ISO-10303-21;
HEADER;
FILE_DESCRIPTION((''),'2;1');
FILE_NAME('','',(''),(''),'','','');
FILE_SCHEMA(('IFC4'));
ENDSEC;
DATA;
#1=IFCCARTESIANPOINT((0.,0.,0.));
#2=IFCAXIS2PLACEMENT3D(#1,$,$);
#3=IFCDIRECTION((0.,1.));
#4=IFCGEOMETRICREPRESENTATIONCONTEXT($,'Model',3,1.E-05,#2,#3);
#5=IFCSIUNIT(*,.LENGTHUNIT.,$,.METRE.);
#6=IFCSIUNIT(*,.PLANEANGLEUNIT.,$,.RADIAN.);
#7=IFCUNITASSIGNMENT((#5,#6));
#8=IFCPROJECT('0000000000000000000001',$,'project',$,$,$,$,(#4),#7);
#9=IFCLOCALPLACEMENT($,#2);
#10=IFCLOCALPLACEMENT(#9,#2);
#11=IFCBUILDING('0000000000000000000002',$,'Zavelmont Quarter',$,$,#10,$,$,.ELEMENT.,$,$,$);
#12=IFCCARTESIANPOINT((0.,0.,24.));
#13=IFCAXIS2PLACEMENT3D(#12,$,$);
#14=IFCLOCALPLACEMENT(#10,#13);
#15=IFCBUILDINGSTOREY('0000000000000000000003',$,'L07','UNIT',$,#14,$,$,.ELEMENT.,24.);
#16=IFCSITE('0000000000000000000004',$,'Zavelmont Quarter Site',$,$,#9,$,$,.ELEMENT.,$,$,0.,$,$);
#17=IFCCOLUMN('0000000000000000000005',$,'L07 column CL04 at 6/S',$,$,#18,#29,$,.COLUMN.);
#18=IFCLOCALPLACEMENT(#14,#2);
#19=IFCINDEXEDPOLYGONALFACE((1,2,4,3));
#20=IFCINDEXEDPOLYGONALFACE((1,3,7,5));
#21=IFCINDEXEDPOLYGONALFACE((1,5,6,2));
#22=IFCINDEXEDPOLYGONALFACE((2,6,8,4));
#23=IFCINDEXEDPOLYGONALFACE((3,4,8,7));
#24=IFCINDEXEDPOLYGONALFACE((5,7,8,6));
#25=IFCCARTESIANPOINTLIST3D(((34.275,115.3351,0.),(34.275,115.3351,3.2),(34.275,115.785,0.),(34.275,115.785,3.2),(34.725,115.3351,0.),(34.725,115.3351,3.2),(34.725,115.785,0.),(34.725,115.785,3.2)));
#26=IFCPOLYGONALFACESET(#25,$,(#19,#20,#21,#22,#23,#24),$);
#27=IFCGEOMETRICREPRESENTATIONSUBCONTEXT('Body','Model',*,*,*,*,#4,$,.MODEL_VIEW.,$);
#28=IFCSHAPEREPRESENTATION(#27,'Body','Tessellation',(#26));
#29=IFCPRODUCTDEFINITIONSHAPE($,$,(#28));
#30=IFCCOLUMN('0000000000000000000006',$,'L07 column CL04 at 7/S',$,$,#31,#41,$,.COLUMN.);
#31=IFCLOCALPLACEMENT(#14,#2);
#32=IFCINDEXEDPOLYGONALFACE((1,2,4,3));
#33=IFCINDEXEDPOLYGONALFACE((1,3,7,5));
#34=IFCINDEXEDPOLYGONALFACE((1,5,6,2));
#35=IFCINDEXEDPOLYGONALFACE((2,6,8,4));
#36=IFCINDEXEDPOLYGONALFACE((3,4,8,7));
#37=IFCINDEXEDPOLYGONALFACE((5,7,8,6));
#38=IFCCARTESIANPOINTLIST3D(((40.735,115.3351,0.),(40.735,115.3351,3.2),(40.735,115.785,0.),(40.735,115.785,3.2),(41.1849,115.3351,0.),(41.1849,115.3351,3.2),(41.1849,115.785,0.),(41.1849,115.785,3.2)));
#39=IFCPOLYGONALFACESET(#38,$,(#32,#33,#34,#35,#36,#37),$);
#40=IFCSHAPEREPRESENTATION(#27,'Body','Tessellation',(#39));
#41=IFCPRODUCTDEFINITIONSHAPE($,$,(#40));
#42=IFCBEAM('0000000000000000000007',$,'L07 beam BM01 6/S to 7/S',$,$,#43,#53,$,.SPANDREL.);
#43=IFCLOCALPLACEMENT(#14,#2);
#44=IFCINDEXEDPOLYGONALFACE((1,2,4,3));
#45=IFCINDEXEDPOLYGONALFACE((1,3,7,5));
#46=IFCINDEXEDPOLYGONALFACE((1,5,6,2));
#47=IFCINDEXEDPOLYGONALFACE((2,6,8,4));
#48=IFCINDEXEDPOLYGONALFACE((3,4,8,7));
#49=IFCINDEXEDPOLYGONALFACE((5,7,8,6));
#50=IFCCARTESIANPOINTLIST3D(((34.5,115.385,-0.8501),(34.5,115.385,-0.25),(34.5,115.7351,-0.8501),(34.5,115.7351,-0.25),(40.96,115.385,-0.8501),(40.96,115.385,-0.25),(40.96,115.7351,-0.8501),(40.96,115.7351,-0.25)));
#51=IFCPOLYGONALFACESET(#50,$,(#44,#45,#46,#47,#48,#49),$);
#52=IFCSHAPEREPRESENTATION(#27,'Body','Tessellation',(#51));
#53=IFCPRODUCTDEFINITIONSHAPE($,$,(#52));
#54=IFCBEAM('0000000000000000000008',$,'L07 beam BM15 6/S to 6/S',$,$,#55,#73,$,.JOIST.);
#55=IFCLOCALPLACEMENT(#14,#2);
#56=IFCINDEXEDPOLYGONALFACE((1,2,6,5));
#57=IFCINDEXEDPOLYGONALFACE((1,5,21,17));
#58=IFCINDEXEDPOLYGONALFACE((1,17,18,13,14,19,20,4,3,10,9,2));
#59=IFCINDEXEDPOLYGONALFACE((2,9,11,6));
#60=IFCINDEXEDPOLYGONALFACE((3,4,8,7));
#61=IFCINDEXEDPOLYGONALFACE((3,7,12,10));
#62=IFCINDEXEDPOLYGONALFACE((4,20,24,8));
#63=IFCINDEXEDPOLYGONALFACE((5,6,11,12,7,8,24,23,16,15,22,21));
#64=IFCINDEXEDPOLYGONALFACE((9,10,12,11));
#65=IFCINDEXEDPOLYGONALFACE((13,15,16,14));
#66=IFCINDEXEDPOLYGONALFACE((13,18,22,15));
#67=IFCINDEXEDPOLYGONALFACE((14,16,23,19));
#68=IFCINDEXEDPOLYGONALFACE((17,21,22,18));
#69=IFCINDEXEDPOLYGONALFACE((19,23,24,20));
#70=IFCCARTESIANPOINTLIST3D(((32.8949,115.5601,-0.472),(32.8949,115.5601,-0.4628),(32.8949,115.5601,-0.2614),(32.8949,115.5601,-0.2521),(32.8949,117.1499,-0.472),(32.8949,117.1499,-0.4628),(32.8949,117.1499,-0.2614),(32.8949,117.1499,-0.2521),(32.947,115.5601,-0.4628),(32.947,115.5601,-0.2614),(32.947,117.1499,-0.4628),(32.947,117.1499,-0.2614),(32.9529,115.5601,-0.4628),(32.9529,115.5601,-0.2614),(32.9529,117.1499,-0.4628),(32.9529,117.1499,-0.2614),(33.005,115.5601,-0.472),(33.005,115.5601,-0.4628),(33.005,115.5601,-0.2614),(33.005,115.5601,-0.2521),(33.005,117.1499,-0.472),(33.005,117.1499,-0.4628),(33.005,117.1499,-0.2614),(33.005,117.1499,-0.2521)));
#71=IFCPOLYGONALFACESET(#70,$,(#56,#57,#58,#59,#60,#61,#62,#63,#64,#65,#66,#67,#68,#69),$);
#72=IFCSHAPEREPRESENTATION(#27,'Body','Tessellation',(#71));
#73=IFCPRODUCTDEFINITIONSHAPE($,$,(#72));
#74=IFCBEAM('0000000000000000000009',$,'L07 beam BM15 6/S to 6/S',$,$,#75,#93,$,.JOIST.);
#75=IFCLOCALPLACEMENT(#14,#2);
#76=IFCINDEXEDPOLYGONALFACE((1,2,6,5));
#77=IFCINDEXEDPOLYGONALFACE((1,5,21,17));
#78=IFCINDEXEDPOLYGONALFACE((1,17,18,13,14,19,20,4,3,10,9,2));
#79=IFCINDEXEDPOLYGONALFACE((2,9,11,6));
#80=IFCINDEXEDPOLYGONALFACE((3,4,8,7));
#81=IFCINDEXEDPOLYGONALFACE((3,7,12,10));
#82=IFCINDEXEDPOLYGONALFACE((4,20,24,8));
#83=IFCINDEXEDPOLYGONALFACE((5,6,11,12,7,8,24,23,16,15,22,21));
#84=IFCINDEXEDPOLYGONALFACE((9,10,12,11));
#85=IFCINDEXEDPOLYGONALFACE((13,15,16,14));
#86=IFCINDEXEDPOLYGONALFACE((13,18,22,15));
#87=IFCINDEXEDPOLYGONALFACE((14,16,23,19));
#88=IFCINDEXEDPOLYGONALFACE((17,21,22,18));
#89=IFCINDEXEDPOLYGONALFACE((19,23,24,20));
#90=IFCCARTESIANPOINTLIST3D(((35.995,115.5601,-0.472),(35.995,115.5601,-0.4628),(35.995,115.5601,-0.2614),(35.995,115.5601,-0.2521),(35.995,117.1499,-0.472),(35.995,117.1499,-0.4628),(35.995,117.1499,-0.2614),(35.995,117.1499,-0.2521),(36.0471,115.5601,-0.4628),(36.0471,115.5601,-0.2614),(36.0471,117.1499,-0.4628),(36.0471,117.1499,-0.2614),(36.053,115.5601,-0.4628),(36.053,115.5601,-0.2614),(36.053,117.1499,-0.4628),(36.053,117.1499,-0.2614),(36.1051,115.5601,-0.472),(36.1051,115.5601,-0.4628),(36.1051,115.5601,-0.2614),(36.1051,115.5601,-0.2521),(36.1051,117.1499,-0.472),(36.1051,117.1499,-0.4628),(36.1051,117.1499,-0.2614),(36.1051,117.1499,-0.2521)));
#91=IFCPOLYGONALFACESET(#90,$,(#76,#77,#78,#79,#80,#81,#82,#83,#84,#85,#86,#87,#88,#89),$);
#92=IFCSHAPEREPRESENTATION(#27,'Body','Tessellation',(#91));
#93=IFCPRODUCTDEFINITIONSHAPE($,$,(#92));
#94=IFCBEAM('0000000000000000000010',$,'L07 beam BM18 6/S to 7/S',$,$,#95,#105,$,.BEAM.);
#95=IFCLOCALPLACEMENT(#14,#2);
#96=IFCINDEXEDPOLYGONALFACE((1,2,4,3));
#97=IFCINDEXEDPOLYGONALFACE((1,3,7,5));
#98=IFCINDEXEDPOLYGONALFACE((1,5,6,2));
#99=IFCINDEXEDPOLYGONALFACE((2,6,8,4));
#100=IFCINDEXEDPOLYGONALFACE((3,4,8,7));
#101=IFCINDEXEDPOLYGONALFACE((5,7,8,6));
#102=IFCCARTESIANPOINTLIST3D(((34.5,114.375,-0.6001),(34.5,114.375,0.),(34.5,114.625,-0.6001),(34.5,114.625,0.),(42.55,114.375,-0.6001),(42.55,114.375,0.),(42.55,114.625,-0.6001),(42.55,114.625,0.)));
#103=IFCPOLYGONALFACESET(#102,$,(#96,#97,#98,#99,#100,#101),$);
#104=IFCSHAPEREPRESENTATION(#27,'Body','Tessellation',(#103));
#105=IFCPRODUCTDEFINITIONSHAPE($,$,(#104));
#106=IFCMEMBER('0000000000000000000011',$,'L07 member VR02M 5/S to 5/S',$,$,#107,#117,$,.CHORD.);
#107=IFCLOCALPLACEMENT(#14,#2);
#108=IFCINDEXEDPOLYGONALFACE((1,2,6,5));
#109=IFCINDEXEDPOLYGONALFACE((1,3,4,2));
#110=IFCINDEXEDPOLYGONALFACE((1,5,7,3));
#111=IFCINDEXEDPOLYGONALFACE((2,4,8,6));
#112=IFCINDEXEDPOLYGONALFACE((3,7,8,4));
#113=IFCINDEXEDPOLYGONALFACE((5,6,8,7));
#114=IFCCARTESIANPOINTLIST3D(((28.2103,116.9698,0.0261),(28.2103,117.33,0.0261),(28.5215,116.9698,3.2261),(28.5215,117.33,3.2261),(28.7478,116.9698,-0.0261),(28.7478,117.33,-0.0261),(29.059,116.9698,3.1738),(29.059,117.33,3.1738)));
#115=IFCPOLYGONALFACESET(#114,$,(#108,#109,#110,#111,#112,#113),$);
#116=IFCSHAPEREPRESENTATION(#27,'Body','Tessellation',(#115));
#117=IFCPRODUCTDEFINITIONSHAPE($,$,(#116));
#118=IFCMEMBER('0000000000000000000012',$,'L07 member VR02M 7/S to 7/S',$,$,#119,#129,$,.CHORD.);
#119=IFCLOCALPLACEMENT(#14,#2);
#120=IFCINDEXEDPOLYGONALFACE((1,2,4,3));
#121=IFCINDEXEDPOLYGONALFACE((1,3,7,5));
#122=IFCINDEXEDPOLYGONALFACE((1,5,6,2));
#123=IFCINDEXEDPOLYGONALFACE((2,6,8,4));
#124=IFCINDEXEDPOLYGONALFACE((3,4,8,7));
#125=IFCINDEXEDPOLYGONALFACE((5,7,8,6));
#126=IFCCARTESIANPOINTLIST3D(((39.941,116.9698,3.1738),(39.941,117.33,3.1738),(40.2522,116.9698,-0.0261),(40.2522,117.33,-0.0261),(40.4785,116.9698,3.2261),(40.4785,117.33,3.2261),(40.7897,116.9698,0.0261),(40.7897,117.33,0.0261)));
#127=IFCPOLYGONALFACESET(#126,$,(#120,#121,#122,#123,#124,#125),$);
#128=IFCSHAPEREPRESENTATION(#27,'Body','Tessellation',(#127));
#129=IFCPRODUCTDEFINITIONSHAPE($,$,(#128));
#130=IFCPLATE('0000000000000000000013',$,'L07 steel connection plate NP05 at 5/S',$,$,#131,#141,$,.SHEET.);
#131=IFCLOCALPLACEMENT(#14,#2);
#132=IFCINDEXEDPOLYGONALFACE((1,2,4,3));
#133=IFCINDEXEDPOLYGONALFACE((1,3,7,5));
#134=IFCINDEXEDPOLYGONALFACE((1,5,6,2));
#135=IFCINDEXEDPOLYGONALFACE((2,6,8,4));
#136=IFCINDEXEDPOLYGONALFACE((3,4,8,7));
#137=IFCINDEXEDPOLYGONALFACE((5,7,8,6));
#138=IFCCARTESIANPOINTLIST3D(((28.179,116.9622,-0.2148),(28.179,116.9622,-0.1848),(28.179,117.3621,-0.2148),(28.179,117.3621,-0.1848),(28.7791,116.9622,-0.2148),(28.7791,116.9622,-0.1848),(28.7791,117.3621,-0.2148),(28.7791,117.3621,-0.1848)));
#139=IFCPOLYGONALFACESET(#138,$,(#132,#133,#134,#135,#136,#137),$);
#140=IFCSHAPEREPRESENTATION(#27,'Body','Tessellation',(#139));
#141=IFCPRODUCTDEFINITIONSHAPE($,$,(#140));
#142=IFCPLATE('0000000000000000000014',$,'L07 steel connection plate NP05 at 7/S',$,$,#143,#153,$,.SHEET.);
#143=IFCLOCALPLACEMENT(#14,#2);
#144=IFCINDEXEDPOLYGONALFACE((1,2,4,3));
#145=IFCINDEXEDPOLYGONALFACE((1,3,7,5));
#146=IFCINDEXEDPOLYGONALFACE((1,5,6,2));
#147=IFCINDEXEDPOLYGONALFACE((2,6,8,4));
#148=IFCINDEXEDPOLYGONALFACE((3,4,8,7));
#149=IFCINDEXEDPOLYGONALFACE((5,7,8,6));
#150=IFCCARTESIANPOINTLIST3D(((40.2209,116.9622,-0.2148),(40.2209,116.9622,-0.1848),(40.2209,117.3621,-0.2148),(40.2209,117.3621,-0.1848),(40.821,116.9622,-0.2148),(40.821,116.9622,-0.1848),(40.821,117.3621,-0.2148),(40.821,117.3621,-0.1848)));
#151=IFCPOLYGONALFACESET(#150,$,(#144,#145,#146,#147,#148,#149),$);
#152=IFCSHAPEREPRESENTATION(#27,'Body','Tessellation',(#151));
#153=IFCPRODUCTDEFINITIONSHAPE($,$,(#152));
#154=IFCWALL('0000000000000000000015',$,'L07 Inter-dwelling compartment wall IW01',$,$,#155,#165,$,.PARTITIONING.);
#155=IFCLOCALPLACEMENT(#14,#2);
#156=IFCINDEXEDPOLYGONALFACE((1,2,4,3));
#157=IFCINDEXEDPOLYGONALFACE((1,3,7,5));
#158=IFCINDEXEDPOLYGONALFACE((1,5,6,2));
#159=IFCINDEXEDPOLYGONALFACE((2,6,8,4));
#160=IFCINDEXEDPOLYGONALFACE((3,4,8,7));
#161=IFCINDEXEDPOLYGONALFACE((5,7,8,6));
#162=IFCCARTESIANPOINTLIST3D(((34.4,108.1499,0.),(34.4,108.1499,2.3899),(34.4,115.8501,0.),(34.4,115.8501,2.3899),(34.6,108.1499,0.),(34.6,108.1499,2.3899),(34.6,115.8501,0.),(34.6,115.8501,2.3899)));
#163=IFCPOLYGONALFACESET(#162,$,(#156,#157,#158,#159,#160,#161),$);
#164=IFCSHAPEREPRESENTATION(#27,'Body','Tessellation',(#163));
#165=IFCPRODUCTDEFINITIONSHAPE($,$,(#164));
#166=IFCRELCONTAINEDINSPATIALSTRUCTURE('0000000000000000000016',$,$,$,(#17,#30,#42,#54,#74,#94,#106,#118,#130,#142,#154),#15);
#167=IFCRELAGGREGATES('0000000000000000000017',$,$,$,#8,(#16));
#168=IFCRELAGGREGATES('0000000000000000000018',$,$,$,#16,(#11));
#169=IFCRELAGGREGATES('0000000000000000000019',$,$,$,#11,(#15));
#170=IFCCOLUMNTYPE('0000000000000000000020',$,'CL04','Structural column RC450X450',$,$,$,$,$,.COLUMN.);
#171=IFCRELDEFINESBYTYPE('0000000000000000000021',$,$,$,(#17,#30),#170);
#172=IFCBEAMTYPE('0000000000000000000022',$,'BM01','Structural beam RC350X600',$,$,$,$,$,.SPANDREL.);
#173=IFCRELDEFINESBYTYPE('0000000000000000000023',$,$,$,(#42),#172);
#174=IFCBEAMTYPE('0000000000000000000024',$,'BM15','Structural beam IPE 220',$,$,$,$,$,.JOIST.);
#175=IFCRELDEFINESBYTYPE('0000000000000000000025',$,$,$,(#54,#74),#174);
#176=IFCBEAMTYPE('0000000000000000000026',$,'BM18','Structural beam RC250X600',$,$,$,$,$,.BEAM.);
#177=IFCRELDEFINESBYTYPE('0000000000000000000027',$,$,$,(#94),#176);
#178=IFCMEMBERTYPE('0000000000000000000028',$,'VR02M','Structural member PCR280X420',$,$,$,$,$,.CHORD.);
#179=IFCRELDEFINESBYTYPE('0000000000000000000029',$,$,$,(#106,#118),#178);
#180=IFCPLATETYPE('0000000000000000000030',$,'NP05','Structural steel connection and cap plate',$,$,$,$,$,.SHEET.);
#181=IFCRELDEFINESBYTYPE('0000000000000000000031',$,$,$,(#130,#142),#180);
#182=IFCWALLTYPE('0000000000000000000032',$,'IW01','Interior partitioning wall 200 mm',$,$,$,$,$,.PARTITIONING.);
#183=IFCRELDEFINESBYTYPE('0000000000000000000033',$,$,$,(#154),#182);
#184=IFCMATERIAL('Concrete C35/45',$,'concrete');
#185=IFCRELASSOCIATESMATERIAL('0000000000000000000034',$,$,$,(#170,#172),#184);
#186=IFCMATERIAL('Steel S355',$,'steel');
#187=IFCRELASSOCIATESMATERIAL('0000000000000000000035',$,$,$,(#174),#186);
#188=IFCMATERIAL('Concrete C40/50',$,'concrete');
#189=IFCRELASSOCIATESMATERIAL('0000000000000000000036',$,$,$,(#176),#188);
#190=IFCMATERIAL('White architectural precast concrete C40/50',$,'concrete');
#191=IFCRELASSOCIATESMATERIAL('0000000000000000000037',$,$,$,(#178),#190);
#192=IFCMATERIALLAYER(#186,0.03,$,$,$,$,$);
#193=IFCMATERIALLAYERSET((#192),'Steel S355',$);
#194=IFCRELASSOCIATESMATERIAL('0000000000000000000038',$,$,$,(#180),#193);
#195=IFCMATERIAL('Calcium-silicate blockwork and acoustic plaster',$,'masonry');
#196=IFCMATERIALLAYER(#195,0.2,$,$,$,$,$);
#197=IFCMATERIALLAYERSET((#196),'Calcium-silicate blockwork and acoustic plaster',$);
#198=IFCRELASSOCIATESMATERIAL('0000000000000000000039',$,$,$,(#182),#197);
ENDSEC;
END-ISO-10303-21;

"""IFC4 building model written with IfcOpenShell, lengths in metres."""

from ifc_helpers import new_model, si_unit, direction, frame, frame_2d, origin, origin_2d, place, context, subcontext, project, spatial, rectangle, i_section, extrude, material, layer, layer_set, material_profile, profile_set, type_object, element, save


model = new_model("IFC4")

# Units and contexts
model_context = context("Model", 3, precision=1e-05, world=origin(), true_north=direction((0.0, 1.0)))
body_context = subcontext(model_context, "Body", "Model", "MODEL_VIEW")
ifc_project = project(units=[si_unit("LENGTHUNIT", "METRE"), si_unit("PLANEANGLEUNIT", "RADIAN")], contexts=[model_context])

# Site, building, storey
site_placement = place(None, origin())
site = spatial("IfcSite", under=ifc_project, at=site_placement, Name="Zavelmont Quarter Site", CompositionType="ELEMENT", RefElevation=0.0)
building_placement = place(site_placement, origin())
building = spatial("IfcBuilding", under=site, at=building_placement, Name="Zavelmont Quarter", CompositionType="ELEMENT")
storey_placement = place(building_placement, frame((0.0, 0.0, 24.0)))
storey = spatial("IfcBuildingStorey", under=building, at=storey_placement, Name="L07", Description="UNIT", CompositionType="ELEMENT", Elevation=24.0)

# Columns
ifc_material_1 = material(Name="Concrete C35/45", Category="concrete")
ifc_material_profile_1 = material_profile(ifc_material_1, rectangle(XDim=0.45, YDim=0.45, at=origin_2d()), Name="RC450X450")
ifc_profile_set_1 = profile_set([ifc_material_profile_1], Name="Concrete C35/45")
column_type = type_object("IfcColumnType", Name="CL04", Description="Structural column RC450X450", PredefinedType="COLUMN", material=ifc_profile_set_1)
for number, where, z_axis, x_axis, name in (
    (1, (34.5, 115.5601, 0.0), (0.0, 0.0, 1.0), (1.0, 0.0, 0.0), "L07 column CL04 at 6/S"),
    (2, (40.96, 115.5601, 0.0), (0.0, 0.0, 1.0), (1.0, 0.0, 0.0), "L07 column CL04 at 7/S"),
):
    element("IfcColumn", number, at=place(storey_placement, frame(where, z_axis=z_axis, x_axis=x_axis)), inside=storey, type_object=column_type, Name=name, PredefinedType="COLUMN", context=body_context, shape_type="SweptSolid", body=[
        extrude(rectangle(XDim=0.45, YDim=0.45, at=origin_2d()), origin(), (0.0, 0.0, 1.0), 3.2),
    ])

# Beams
ifc_material_profile_2 = material_profile(ifc_material_1, rectangle(XDim=0.3501, YDim=0.6001, at=origin_2d()), Name="RC350X600")
ifc_profile_set_2 = profile_set([ifc_material_profile_2], Name="Concrete C35/45")
beam_type_1 = type_object("IfcBeamType", Name="BM01", Description="Structural beam RC350X600", PredefinedType="SPANDREL", material=ifc_profile_set_2)
beam_1_placement = place(storey_placement, frame((34.5, 115.5601, -0.55), z_axis=(1.0, 0.0, 0.0), x_axis=(0.0, 1.0, 0.0)))
element("IfcBeam", 3, at=beam_1_placement, inside=storey, type_object=beam_type_1, Name="L07 beam BM01 6/S to 7/S", PredefinedType="SPANDREL", context=body_context, shape_type="SweptSolid", body=[
    extrude(rectangle(XDim=0.3501, YDim=0.6001, at=origin_2d()), origin(), (0.0, 0.0, 1.0), 6.46),
])
ifc_material_2 = material(Name="Steel S355", Category="steel")
ifc_material_profile_3 = material_profile(ifc_material_2, i_section(OverallWidth=0.1101, OverallDepth=0.22, WebThickness=0.0059, FlangeThickness=0.0093, at=origin_2d()), Name="IPE 220")
ifc_profile_set_3 = profile_set([ifc_material_profile_3], Name="Steel S355")
beam_type_2 = type_object("IfcBeamType", Name="BM15", Description="Structural beam IPE 220", PredefinedType="JOIST", material=ifc_profile_set_3)
for number, where, z_axis, x_axis, name in (
    (4, (32.95, 115.5601, -0.3621), (0.0, 1.0, 0.0), (-1.0, 0.0, 0.0), "L07 beam BM15 6/S to 6/S"),
    (5, (36.05, 115.5601, -0.3621), (0.0, 1.0, 0.0), (-1.0, 0.0, 0.0), "L07 beam BM15 6/S to 6/S"),
):
    element("IfcBeam", number, at=place(storey_placement, frame(where, z_axis=z_axis, x_axis=x_axis)), inside=storey, type_object=beam_type_2, Name=name, PredefinedType="JOIST", context=body_context, shape_type="SweptSolid", body=[
        extrude(i_section(OverallWidth=0.1101, OverallDepth=0.22, WebThickness=0.0059, FlangeThickness=0.0093, at=origin_2d()), origin(), (0.0, 0.0, 1.0), 1.5898),
    ])
ifc_material_3 = material(Name="Concrete C40/50", Category="concrete")
ifc_material_profile_4 = material_profile(ifc_material_3, rectangle(XDim=0.25, YDim=0.6001, at=origin_2d()), Name="RC250X600")
ifc_profile_set_4 = profile_set([ifc_material_profile_4], Name="Concrete C40/50")
beam_type_3 = type_object("IfcBeamType", Name="BM18", Description="Structural beam RC250X600", PredefinedType="BEAM", material=ifc_profile_set_4)
beam_2_placement = place(storey_placement, frame((34.5, 114.5, -0.3), z_axis=(1.0, 0.0, 0.0), x_axis=(0.0, 1.0, 0.0)))
element("IfcBeam", 6, at=beam_2_placement, inside=storey, type_object=beam_type_3, Name="L07 beam BM18 6/S to 7/S", PredefinedType="BEAM", context=body_context, shape_type="SweptSolid", body=[
    extrude(rectangle(XDim=0.25, YDim=0.6001, at=origin_2d()), origin(), (0.0, 0.0, 1.0), 8.05),
])

# Members
ifc_material_4 = material(Name="White architectural precast concrete C40/50", Category="concrete")
ifc_material_profile_5 = material_profile(ifc_material_4, rectangle(XDim=0.3601, YDim=0.54, at=origin_2d()), Name="PCR280X420")
ifc_profile_set_5 = profile_set([ifc_material_profile_5], Name="White architectural precast concrete C40/50")
member_type = type_object("IfcMemberType", Name="VR02M", Description="Structural member PCR280X420", PredefinedType="CHORD", material=ifc_profile_set_5)
for number, where, z_axis, x_axis, name in (
    (7, (28.479, 117.1499, 0.0), (0.096819, 0.0, 0.995302), (0.0, 1.0, 0.0), "L07 member VR02M 5/S to 5/S"),
    (8, (40.521, 117.1499, 0.0), (-0.096819, 0.0, 0.995302), (0.0, -1.0, 0.0), "L07 member VR02M 7/S to 7/S"),
):
    element("IfcMember", number, at=place(storey_placement, frame(where, z_axis=z_axis, x_axis=x_axis)), inside=storey, type_object=member_type, Name=name, PredefinedType="CHORD", context=body_context, shape_type="SweptSolid", body=[
        extrude(rectangle(XDim=0.3601, YDim=0.54, at=origin_2d()), origin(), (0.0, 0.0, 1.0), 3.2151),
    ])

# Plates
ifc_layer_1 = layer(ifc_material_2, 0.03)
ifc_layer_set_1 = layer_set([ifc_layer_1], Name="Steel S355")
plate_type = type_object("IfcPlateType", Name="NP05", Description="Structural steel connection and cap plate", PredefinedType="SHEET", material=ifc_layer_set_1)
for number, where, z_axis, x_axis, name in (
    (9, (28.479, 117.1621, -0.2148), (0.0, 0.0, 1.0), (1.0, 0.0, 0.0), "L07 steel connection plate NP05 at 5/S"),
    (10, (40.521, 117.1621, -0.2148), (0.0, 0.0, 1.0), (1.0, 0.0, 0.0), "L07 steel connection plate NP05 at 7/S"),
):
    element("IfcPlate", number, at=place(storey_placement, frame(where, z_axis=z_axis, x_axis=x_axis)), inside=storey, type_object=plate_type, Name=name, PredefinedType="SHEET", context=body_context, shape_type="SweptSolid", body=[
        extrude(rectangle(XDim=0.6001, YDim=0.3999, at=origin_2d()), origin(), (0.0, 0.0, 1.0), 0.03),
    ])

# Wall
ifc_material_5 = material(Name="Calcium-silicate blockwork and acoustic plaster", Category="masonry")
ifc_layer_2 = layer(ifc_material_5, 0.2)
ifc_layer_set_2 = layer_set([ifc_layer_2], Name="Calcium-silicate blockwork and acoustic plaster")
wall_type_1 = type_object("IfcWallType", Name="IW01", Description="Interior partitioning wall 200 mm", PredefinedType="PARTITIONING", material=ifc_layer_set_2)
wall_1_placement = place(storey_placement, frame((34.5, 108.1499, 0.0), z_axis=(0.0, 0.0, 1.0), x_axis=(0.0, 1.0, 0.0)))
element("IfcWall", 11, at=wall_1_placement, inside=storey, type_object=wall_type_1, Name="L07 Inter-dwelling compartment wall IW01", PredefinedType="PARTITIONING", context=body_context, shape_type="SweptSolid", body=[
    extrude(rectangle(XDim=7.7002, YDim=0.2, at=frame_2d((3.8501, 0.0))), origin(), (0.0, 0.0, 1.0), 2.3899),
])

save(model, "model.ifc")
